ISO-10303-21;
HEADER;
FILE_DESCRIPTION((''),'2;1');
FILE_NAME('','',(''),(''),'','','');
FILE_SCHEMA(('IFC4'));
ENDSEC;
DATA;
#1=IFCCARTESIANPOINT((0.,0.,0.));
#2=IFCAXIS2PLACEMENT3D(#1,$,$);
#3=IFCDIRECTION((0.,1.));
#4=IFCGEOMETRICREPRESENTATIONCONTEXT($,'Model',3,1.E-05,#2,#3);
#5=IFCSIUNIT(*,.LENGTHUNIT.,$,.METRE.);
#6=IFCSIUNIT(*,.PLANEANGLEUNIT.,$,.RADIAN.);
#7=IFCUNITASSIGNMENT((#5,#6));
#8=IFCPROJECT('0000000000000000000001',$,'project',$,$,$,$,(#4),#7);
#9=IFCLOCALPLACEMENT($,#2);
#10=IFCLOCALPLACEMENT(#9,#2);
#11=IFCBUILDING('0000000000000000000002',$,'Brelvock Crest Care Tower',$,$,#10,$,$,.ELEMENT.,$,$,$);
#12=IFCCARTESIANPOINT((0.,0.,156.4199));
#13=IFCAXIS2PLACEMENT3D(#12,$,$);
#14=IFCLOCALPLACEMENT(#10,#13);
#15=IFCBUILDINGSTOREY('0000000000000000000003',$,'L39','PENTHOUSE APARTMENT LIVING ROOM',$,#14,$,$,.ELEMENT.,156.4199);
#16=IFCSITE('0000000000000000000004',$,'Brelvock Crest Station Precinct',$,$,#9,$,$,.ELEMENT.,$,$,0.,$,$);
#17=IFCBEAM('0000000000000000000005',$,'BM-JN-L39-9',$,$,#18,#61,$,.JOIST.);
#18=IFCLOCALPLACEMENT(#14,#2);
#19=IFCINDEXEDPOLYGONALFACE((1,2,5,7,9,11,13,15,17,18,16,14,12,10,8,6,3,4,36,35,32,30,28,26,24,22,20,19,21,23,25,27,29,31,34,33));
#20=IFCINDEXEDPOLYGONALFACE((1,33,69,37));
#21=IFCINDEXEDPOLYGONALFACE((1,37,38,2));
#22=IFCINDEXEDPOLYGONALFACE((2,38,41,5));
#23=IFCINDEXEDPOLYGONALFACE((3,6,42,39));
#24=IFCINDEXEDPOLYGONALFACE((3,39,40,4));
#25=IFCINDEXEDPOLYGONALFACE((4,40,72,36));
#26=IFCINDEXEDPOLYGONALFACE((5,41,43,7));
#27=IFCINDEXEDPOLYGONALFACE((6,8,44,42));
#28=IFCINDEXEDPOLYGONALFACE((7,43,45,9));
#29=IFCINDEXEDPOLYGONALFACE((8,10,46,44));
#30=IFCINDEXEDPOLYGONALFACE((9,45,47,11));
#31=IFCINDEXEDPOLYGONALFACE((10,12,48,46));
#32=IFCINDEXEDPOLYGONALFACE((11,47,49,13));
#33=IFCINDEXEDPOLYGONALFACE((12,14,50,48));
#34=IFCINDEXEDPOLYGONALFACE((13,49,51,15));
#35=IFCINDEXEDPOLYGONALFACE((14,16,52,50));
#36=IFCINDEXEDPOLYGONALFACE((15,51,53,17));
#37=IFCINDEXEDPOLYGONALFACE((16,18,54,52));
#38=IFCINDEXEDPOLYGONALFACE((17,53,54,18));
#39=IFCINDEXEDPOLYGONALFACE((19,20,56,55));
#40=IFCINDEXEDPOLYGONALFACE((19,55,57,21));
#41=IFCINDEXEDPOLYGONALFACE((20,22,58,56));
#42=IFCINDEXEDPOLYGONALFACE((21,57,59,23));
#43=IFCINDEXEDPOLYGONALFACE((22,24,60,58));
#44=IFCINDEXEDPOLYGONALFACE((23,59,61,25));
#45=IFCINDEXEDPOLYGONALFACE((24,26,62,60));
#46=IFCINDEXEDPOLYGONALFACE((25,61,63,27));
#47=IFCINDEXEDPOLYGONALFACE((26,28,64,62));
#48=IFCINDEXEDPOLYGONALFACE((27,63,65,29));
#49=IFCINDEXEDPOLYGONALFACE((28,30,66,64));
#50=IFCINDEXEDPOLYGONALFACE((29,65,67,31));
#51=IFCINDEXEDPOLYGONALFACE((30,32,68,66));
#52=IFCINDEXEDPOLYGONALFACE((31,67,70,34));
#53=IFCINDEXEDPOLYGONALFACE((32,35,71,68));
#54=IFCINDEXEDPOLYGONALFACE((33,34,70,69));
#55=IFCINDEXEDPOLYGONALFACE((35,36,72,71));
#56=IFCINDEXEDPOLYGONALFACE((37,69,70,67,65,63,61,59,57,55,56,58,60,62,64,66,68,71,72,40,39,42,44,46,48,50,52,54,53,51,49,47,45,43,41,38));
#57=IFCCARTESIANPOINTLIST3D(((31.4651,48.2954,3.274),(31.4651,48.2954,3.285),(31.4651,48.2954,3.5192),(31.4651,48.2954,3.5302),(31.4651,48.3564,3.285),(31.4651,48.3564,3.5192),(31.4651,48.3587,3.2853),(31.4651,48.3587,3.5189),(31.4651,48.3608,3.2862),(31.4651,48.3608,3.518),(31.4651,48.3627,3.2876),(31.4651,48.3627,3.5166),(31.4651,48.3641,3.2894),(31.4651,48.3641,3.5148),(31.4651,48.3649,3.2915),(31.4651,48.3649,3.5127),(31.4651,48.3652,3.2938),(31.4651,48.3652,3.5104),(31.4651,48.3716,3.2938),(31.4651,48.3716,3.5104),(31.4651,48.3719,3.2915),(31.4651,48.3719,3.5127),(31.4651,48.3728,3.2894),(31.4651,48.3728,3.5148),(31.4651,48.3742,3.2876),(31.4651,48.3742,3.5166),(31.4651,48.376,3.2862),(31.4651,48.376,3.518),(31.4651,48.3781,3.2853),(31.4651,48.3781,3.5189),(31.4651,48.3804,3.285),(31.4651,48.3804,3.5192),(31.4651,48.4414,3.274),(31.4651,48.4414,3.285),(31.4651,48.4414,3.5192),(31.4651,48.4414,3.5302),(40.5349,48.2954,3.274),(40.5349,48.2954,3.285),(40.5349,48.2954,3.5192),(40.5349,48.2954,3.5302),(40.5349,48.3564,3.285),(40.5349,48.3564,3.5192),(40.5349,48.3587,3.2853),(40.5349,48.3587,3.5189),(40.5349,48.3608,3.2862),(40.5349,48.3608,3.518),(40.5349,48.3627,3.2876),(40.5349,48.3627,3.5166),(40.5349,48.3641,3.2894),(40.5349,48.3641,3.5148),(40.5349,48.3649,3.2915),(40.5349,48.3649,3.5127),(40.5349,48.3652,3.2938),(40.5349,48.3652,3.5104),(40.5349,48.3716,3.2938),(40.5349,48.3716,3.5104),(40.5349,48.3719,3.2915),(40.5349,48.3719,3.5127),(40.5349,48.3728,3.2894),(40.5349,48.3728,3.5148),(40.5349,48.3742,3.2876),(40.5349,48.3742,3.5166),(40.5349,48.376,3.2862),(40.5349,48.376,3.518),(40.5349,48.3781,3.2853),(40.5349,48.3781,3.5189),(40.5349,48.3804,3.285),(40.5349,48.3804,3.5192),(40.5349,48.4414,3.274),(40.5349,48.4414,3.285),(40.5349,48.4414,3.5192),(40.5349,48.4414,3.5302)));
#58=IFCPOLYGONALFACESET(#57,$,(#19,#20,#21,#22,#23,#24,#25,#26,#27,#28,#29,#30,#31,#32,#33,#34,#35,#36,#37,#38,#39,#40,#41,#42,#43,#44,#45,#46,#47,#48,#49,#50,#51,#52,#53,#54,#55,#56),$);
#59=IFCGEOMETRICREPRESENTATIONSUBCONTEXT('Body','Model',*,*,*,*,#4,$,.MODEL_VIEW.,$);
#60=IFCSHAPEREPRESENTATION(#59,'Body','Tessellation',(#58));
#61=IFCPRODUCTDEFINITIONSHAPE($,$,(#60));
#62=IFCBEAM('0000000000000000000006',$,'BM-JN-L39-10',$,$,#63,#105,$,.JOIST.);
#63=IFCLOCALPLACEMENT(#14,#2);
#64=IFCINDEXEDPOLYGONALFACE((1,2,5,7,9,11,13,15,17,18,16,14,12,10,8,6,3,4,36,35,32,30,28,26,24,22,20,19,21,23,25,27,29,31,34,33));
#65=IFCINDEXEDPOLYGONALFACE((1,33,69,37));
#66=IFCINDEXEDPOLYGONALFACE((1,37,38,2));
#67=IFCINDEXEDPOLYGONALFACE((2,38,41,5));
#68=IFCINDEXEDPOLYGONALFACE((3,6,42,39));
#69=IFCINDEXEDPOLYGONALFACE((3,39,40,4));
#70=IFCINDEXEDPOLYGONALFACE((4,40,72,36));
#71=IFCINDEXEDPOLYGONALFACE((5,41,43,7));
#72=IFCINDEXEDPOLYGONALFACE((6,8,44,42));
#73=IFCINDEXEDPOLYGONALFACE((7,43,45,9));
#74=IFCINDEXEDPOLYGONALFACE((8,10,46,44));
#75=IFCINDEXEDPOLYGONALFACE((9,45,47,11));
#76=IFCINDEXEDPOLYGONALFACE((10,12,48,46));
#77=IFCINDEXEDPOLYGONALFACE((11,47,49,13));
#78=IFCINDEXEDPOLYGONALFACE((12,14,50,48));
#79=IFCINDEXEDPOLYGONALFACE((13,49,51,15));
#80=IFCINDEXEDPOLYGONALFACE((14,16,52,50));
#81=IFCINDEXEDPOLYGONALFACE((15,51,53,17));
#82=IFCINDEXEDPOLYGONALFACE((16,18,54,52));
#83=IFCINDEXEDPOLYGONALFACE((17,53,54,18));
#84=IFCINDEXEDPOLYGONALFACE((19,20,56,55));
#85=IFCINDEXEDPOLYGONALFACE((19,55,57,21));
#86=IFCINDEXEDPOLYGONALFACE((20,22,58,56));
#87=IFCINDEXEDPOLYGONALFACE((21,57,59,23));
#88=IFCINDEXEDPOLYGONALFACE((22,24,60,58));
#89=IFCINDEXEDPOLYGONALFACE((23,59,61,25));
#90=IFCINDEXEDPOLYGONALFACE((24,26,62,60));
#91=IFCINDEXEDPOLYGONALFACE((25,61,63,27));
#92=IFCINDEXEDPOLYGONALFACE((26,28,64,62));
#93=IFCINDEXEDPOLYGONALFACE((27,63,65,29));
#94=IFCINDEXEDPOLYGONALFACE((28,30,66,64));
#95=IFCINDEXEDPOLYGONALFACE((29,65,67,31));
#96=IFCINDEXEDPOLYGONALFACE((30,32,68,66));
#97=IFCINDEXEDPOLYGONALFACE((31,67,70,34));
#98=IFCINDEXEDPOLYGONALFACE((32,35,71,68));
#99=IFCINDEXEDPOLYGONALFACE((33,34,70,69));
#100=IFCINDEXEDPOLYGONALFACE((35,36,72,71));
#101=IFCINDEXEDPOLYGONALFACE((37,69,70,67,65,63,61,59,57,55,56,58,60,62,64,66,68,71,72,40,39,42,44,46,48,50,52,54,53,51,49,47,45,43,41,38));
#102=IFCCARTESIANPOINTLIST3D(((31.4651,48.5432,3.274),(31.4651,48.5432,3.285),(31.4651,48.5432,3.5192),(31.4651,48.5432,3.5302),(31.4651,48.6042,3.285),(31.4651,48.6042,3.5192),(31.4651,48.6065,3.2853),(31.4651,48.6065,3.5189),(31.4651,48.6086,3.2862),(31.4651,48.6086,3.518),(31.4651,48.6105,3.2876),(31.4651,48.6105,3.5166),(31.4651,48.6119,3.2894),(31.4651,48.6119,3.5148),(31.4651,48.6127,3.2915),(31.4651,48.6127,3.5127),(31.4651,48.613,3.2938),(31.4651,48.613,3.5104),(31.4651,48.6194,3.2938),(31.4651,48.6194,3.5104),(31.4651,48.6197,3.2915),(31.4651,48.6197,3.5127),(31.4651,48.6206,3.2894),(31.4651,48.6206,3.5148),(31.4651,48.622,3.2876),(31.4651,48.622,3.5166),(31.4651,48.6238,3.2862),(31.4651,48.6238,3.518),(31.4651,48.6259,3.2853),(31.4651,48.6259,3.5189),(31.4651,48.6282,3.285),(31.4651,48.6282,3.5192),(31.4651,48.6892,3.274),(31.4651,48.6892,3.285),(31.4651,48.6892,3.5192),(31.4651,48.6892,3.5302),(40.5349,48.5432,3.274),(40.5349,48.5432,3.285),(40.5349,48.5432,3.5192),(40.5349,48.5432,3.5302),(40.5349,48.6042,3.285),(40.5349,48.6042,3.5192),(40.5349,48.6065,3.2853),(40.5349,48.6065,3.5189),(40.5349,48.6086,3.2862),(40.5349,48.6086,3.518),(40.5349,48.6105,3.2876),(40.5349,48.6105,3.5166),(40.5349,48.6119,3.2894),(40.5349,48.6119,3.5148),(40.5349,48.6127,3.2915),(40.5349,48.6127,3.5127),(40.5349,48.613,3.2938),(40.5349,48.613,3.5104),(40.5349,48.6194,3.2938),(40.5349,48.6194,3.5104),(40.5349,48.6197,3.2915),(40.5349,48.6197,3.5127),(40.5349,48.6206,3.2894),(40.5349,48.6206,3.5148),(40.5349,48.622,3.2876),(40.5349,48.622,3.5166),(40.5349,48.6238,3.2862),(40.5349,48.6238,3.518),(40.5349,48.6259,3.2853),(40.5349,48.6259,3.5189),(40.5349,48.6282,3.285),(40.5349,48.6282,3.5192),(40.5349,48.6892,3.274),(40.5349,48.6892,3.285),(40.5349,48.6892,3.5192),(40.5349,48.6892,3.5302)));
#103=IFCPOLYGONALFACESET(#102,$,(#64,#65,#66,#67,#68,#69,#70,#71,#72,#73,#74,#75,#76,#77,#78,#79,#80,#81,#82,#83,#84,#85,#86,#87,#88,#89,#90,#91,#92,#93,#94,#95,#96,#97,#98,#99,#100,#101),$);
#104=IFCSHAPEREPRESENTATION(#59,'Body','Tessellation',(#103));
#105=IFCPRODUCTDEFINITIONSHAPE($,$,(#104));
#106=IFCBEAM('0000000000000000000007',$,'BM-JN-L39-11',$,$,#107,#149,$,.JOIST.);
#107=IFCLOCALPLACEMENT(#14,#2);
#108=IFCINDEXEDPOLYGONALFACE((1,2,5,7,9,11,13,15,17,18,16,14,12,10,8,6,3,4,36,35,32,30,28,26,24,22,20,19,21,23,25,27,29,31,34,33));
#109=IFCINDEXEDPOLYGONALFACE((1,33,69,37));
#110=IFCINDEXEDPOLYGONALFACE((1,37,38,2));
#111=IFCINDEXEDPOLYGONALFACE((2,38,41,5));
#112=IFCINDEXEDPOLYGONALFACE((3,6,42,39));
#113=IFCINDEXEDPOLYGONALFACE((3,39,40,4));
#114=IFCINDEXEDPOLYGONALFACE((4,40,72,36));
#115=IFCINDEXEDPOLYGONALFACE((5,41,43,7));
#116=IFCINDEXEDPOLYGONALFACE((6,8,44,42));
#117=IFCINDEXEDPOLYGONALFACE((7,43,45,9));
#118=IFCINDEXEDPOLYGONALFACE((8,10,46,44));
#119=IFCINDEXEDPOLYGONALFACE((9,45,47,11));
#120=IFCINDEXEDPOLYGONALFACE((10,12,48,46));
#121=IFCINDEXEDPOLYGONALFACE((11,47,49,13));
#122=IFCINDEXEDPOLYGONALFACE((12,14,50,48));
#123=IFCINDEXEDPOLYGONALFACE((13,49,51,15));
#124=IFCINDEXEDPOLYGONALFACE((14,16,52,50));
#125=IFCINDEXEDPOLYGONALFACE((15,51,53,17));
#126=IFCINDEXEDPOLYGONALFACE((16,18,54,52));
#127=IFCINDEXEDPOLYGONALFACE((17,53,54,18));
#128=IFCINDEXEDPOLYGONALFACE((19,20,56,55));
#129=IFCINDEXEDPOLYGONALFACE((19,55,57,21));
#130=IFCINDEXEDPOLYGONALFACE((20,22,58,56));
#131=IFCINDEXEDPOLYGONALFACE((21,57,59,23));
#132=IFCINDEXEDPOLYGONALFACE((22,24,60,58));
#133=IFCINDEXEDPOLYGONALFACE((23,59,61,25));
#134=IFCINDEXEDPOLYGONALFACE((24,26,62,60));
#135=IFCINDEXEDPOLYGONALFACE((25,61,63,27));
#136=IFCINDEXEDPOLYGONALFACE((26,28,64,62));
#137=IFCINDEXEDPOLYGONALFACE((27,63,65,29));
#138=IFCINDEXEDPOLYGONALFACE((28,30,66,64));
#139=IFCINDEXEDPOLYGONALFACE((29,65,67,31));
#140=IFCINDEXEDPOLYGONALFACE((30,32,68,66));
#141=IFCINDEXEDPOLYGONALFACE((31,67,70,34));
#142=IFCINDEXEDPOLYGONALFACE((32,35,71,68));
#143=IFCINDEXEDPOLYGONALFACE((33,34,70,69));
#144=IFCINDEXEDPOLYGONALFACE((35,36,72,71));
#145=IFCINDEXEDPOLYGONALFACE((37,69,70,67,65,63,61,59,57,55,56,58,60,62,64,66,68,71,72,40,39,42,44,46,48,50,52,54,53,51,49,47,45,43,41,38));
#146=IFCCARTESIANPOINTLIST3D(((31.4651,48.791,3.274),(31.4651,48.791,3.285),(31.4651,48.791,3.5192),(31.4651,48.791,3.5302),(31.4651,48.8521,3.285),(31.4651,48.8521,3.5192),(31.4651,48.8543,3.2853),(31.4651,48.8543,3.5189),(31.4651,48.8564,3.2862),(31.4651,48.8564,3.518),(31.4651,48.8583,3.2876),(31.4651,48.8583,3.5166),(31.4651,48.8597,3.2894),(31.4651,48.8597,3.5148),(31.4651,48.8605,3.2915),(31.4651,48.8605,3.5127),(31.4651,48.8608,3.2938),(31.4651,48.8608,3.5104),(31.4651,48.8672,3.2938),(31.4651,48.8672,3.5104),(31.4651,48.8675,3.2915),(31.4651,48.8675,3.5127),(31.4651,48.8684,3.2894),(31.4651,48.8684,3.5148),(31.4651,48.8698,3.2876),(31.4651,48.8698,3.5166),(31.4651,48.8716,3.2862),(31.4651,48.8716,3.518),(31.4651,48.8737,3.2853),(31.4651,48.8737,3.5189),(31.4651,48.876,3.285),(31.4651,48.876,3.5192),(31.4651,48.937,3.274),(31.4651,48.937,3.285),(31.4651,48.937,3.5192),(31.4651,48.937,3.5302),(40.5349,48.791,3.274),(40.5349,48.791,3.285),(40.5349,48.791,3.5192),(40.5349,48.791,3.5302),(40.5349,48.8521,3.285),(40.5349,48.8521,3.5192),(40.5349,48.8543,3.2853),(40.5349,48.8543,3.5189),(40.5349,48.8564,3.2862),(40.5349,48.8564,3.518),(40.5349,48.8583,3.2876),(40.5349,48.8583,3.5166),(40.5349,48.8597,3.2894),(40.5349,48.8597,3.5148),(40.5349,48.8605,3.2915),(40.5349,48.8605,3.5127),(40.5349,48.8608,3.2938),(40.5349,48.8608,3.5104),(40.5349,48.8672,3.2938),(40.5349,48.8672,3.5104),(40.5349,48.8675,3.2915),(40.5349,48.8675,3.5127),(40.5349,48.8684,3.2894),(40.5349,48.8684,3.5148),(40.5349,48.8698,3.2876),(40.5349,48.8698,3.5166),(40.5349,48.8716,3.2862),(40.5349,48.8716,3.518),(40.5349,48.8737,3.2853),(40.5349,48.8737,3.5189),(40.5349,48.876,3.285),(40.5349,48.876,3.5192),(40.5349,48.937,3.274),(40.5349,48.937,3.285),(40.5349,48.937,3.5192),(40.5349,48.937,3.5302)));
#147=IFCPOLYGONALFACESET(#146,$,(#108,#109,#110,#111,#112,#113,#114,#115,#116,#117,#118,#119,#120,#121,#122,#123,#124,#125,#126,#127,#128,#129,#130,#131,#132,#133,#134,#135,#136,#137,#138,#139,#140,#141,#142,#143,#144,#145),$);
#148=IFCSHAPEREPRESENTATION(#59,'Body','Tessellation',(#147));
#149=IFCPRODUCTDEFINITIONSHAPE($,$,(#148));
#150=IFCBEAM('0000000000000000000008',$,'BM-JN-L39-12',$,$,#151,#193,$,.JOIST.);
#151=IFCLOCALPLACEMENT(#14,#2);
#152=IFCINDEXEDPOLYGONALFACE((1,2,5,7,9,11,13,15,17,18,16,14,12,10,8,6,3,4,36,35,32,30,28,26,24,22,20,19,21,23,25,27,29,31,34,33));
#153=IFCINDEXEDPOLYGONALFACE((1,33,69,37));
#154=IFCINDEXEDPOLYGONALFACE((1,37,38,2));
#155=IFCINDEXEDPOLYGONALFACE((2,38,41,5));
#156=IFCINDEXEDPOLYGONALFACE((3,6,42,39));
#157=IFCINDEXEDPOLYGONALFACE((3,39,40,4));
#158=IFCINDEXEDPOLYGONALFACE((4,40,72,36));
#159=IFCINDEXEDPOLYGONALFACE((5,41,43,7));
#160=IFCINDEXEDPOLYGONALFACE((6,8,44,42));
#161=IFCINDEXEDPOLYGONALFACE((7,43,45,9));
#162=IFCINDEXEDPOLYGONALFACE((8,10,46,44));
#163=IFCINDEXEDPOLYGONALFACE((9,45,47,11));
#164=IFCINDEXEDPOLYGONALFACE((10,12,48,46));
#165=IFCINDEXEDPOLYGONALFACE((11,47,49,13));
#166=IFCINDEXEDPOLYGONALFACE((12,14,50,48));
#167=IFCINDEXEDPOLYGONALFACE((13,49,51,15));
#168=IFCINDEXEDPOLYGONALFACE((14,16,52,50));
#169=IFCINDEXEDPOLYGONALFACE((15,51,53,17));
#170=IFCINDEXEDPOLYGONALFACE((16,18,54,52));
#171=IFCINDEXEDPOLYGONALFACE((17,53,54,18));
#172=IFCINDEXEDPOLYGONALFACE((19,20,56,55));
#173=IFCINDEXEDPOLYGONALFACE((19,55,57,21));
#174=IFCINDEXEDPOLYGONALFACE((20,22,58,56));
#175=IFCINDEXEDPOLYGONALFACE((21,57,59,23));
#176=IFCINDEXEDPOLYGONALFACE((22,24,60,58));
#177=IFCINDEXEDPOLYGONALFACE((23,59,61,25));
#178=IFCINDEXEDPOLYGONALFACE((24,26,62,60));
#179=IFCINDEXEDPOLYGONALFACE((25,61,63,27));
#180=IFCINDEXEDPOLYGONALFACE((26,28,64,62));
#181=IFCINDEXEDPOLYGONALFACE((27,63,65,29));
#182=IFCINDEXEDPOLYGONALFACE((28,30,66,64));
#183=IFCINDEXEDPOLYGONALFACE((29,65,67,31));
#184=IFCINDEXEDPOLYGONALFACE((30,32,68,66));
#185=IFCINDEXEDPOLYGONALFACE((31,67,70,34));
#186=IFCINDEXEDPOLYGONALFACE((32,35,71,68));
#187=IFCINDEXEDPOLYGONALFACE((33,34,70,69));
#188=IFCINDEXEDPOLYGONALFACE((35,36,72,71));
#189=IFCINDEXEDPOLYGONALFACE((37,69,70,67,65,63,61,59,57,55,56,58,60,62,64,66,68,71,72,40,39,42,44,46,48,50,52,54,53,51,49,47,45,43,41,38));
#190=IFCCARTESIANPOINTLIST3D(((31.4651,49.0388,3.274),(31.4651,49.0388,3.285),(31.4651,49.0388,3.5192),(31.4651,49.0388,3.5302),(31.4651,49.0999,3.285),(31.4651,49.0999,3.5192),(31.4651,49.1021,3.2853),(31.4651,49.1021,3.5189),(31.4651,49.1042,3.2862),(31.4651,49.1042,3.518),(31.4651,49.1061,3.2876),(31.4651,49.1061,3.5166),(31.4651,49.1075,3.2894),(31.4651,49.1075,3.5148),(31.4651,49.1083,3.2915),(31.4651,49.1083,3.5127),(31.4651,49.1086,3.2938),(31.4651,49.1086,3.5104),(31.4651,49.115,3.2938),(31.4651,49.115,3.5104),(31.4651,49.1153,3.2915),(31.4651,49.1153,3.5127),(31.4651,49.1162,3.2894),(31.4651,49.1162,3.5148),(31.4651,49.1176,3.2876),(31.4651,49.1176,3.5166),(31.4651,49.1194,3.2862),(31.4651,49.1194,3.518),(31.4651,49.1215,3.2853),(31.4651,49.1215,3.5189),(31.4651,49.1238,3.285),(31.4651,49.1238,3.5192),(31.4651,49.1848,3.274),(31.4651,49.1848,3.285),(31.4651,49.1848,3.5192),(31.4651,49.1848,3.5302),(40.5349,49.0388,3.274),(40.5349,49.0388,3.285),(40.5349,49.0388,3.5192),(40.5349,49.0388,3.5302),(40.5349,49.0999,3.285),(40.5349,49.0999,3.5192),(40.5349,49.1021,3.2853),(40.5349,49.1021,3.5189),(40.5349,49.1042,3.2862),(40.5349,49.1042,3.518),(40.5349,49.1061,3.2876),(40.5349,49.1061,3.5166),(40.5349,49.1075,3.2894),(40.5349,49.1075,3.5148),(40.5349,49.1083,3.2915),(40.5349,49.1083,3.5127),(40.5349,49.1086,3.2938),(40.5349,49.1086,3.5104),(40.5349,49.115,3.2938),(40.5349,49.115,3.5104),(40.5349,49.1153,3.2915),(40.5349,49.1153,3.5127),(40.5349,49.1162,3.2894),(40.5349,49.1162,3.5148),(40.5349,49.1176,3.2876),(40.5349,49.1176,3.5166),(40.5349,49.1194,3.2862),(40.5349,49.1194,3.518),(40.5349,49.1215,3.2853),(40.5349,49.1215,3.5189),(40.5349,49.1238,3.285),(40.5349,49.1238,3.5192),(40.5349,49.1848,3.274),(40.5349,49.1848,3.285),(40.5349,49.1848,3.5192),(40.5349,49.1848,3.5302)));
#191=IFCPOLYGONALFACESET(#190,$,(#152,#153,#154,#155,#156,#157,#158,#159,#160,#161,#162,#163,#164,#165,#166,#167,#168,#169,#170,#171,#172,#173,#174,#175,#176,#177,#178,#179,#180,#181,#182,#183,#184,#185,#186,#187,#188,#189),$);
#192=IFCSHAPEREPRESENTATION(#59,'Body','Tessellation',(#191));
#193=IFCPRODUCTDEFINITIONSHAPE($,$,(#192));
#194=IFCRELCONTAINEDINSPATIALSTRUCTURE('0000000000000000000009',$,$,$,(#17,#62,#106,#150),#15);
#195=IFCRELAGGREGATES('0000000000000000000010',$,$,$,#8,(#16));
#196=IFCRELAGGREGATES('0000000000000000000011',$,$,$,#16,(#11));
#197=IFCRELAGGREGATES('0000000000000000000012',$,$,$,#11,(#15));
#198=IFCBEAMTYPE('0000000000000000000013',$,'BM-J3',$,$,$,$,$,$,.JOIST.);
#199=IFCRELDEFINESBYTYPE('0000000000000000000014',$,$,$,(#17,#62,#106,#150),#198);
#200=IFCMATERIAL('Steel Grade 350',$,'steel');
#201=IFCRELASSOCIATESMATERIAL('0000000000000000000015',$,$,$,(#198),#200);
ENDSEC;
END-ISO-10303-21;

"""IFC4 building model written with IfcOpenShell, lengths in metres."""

from ifc_helpers import new_model, si_unit, direction, frame, origin, origin_2d, place, context, subcontext, project, spatial, i_section, extrude, source, transform, mapped, material, material_profile, profile_set, type_object, element, save


model = new_model("IFC4")

# Units and contexts
model_context = context("Model", 3, precision=1e-05, world=origin(), true_north=direction((0.0, 1.0)))
body_context = subcontext(model_context, "Body", "Model", "MODEL_VIEW")
ifc_project = project(units=[si_unit("LENGTHUNIT", "METRE"), si_unit("PLANEANGLEUNIT", "RADIAN")], contexts=[model_context])

# Site, building, storey
site_placement = place(None, origin())
site = spatial("IfcSite", under=ifc_project, at=site_placement, Name="Brelvock Crest Station Precinct", CompositionType="ELEMENT", RefElevation=0.0)
building_placement = place(site_placement, origin())
building = spatial("IfcBuilding", under=site, at=building_placement, Name="Brelvock Crest Care Tower", CompositionType="ELEMENT")
storey_placement = place(building_placement, frame((0.0, 0.0, 156.4199)))
storey = spatial("IfcBuildingStorey", under=building, at=storey_placement, Name="L39", Description="PENTHOUSE APARTMENT LIVING ROOM", CompositionType="ELEMENT", Elevation=156.4199)

# Shared definitions
ifc_material_1 = material(Name="Steel Grade 350", Category="steel")

# Beams
ifc_material_profile_1 = material_profile(ifc_material_1, i_section(OverallWidth=0.146, OverallDepth=0.2561, WebThickness=0.0063, FlangeThickness=0.011, FilletRadius=0.0088, at=origin_2d()), Name="250UB37.3")
ifc_profile_set_1 = profile_set([ifc_material_profile_1], Name="Steel Grade 350")
beam_type_1 = type_object("IfcBeamType", Name="BM-J3", PredefinedType="JOIST", material=ifc_profile_set_1)
shared_shape_1 = source(origin(), body_context, "Body", "SweptSolid", [
    extrude(i_section(OverallWidth=0.146, OverallDepth=0.2561, WebThickness=0.0063, FlangeThickness=0.011, FilletRadius=0.0088, at=origin_2d()), origin(), (0.0, 0.0, 1.0), 9.0698),
])
for number, where, z_axis, x_axis, name in (
    (1, (31.4651, 48.3684, 3.4021), (1.0, 0.0, 0.0), (0.0, 1.0, 0.0), "BM-JN-L39-9"),
    (2, (31.4651, 48.6162, 3.4021), (1.0, 0.0, 0.0), (0.0, 1.0, 0.0), "BM-JN-L39-10"),
    (3, (31.4651, 48.864, 3.4021), (1.0, 0.0, 0.0), (0.0, 1.0, 0.0), "BM-JN-L39-11"),
    (4, (31.4651, 49.1118, 3.4021), (1.0, 0.0, 0.0), (0.0, 1.0, 0.0), "BM-JN-L39-12"),
):
    element("IfcBeam", number, at=place(storey_placement, frame(where, z_axis=z_axis, x_axis=x_axis)), inside=storey, type_object=beam_type_1, Name=name, PredefinedType="JOIST", context=body_context, shape_type="MappedRepresentation", body=[
        mapped(shared_shape_1, transform((0.0, 0.0, 0.0), x_axis=(1.0, 0.0, 0.0), y_axis=(0.0, 1.0, 0.0), z_axis=(0.0, 0.0, 1.0), scale=1.0)),
    ])

save(model, "model.ifc")
